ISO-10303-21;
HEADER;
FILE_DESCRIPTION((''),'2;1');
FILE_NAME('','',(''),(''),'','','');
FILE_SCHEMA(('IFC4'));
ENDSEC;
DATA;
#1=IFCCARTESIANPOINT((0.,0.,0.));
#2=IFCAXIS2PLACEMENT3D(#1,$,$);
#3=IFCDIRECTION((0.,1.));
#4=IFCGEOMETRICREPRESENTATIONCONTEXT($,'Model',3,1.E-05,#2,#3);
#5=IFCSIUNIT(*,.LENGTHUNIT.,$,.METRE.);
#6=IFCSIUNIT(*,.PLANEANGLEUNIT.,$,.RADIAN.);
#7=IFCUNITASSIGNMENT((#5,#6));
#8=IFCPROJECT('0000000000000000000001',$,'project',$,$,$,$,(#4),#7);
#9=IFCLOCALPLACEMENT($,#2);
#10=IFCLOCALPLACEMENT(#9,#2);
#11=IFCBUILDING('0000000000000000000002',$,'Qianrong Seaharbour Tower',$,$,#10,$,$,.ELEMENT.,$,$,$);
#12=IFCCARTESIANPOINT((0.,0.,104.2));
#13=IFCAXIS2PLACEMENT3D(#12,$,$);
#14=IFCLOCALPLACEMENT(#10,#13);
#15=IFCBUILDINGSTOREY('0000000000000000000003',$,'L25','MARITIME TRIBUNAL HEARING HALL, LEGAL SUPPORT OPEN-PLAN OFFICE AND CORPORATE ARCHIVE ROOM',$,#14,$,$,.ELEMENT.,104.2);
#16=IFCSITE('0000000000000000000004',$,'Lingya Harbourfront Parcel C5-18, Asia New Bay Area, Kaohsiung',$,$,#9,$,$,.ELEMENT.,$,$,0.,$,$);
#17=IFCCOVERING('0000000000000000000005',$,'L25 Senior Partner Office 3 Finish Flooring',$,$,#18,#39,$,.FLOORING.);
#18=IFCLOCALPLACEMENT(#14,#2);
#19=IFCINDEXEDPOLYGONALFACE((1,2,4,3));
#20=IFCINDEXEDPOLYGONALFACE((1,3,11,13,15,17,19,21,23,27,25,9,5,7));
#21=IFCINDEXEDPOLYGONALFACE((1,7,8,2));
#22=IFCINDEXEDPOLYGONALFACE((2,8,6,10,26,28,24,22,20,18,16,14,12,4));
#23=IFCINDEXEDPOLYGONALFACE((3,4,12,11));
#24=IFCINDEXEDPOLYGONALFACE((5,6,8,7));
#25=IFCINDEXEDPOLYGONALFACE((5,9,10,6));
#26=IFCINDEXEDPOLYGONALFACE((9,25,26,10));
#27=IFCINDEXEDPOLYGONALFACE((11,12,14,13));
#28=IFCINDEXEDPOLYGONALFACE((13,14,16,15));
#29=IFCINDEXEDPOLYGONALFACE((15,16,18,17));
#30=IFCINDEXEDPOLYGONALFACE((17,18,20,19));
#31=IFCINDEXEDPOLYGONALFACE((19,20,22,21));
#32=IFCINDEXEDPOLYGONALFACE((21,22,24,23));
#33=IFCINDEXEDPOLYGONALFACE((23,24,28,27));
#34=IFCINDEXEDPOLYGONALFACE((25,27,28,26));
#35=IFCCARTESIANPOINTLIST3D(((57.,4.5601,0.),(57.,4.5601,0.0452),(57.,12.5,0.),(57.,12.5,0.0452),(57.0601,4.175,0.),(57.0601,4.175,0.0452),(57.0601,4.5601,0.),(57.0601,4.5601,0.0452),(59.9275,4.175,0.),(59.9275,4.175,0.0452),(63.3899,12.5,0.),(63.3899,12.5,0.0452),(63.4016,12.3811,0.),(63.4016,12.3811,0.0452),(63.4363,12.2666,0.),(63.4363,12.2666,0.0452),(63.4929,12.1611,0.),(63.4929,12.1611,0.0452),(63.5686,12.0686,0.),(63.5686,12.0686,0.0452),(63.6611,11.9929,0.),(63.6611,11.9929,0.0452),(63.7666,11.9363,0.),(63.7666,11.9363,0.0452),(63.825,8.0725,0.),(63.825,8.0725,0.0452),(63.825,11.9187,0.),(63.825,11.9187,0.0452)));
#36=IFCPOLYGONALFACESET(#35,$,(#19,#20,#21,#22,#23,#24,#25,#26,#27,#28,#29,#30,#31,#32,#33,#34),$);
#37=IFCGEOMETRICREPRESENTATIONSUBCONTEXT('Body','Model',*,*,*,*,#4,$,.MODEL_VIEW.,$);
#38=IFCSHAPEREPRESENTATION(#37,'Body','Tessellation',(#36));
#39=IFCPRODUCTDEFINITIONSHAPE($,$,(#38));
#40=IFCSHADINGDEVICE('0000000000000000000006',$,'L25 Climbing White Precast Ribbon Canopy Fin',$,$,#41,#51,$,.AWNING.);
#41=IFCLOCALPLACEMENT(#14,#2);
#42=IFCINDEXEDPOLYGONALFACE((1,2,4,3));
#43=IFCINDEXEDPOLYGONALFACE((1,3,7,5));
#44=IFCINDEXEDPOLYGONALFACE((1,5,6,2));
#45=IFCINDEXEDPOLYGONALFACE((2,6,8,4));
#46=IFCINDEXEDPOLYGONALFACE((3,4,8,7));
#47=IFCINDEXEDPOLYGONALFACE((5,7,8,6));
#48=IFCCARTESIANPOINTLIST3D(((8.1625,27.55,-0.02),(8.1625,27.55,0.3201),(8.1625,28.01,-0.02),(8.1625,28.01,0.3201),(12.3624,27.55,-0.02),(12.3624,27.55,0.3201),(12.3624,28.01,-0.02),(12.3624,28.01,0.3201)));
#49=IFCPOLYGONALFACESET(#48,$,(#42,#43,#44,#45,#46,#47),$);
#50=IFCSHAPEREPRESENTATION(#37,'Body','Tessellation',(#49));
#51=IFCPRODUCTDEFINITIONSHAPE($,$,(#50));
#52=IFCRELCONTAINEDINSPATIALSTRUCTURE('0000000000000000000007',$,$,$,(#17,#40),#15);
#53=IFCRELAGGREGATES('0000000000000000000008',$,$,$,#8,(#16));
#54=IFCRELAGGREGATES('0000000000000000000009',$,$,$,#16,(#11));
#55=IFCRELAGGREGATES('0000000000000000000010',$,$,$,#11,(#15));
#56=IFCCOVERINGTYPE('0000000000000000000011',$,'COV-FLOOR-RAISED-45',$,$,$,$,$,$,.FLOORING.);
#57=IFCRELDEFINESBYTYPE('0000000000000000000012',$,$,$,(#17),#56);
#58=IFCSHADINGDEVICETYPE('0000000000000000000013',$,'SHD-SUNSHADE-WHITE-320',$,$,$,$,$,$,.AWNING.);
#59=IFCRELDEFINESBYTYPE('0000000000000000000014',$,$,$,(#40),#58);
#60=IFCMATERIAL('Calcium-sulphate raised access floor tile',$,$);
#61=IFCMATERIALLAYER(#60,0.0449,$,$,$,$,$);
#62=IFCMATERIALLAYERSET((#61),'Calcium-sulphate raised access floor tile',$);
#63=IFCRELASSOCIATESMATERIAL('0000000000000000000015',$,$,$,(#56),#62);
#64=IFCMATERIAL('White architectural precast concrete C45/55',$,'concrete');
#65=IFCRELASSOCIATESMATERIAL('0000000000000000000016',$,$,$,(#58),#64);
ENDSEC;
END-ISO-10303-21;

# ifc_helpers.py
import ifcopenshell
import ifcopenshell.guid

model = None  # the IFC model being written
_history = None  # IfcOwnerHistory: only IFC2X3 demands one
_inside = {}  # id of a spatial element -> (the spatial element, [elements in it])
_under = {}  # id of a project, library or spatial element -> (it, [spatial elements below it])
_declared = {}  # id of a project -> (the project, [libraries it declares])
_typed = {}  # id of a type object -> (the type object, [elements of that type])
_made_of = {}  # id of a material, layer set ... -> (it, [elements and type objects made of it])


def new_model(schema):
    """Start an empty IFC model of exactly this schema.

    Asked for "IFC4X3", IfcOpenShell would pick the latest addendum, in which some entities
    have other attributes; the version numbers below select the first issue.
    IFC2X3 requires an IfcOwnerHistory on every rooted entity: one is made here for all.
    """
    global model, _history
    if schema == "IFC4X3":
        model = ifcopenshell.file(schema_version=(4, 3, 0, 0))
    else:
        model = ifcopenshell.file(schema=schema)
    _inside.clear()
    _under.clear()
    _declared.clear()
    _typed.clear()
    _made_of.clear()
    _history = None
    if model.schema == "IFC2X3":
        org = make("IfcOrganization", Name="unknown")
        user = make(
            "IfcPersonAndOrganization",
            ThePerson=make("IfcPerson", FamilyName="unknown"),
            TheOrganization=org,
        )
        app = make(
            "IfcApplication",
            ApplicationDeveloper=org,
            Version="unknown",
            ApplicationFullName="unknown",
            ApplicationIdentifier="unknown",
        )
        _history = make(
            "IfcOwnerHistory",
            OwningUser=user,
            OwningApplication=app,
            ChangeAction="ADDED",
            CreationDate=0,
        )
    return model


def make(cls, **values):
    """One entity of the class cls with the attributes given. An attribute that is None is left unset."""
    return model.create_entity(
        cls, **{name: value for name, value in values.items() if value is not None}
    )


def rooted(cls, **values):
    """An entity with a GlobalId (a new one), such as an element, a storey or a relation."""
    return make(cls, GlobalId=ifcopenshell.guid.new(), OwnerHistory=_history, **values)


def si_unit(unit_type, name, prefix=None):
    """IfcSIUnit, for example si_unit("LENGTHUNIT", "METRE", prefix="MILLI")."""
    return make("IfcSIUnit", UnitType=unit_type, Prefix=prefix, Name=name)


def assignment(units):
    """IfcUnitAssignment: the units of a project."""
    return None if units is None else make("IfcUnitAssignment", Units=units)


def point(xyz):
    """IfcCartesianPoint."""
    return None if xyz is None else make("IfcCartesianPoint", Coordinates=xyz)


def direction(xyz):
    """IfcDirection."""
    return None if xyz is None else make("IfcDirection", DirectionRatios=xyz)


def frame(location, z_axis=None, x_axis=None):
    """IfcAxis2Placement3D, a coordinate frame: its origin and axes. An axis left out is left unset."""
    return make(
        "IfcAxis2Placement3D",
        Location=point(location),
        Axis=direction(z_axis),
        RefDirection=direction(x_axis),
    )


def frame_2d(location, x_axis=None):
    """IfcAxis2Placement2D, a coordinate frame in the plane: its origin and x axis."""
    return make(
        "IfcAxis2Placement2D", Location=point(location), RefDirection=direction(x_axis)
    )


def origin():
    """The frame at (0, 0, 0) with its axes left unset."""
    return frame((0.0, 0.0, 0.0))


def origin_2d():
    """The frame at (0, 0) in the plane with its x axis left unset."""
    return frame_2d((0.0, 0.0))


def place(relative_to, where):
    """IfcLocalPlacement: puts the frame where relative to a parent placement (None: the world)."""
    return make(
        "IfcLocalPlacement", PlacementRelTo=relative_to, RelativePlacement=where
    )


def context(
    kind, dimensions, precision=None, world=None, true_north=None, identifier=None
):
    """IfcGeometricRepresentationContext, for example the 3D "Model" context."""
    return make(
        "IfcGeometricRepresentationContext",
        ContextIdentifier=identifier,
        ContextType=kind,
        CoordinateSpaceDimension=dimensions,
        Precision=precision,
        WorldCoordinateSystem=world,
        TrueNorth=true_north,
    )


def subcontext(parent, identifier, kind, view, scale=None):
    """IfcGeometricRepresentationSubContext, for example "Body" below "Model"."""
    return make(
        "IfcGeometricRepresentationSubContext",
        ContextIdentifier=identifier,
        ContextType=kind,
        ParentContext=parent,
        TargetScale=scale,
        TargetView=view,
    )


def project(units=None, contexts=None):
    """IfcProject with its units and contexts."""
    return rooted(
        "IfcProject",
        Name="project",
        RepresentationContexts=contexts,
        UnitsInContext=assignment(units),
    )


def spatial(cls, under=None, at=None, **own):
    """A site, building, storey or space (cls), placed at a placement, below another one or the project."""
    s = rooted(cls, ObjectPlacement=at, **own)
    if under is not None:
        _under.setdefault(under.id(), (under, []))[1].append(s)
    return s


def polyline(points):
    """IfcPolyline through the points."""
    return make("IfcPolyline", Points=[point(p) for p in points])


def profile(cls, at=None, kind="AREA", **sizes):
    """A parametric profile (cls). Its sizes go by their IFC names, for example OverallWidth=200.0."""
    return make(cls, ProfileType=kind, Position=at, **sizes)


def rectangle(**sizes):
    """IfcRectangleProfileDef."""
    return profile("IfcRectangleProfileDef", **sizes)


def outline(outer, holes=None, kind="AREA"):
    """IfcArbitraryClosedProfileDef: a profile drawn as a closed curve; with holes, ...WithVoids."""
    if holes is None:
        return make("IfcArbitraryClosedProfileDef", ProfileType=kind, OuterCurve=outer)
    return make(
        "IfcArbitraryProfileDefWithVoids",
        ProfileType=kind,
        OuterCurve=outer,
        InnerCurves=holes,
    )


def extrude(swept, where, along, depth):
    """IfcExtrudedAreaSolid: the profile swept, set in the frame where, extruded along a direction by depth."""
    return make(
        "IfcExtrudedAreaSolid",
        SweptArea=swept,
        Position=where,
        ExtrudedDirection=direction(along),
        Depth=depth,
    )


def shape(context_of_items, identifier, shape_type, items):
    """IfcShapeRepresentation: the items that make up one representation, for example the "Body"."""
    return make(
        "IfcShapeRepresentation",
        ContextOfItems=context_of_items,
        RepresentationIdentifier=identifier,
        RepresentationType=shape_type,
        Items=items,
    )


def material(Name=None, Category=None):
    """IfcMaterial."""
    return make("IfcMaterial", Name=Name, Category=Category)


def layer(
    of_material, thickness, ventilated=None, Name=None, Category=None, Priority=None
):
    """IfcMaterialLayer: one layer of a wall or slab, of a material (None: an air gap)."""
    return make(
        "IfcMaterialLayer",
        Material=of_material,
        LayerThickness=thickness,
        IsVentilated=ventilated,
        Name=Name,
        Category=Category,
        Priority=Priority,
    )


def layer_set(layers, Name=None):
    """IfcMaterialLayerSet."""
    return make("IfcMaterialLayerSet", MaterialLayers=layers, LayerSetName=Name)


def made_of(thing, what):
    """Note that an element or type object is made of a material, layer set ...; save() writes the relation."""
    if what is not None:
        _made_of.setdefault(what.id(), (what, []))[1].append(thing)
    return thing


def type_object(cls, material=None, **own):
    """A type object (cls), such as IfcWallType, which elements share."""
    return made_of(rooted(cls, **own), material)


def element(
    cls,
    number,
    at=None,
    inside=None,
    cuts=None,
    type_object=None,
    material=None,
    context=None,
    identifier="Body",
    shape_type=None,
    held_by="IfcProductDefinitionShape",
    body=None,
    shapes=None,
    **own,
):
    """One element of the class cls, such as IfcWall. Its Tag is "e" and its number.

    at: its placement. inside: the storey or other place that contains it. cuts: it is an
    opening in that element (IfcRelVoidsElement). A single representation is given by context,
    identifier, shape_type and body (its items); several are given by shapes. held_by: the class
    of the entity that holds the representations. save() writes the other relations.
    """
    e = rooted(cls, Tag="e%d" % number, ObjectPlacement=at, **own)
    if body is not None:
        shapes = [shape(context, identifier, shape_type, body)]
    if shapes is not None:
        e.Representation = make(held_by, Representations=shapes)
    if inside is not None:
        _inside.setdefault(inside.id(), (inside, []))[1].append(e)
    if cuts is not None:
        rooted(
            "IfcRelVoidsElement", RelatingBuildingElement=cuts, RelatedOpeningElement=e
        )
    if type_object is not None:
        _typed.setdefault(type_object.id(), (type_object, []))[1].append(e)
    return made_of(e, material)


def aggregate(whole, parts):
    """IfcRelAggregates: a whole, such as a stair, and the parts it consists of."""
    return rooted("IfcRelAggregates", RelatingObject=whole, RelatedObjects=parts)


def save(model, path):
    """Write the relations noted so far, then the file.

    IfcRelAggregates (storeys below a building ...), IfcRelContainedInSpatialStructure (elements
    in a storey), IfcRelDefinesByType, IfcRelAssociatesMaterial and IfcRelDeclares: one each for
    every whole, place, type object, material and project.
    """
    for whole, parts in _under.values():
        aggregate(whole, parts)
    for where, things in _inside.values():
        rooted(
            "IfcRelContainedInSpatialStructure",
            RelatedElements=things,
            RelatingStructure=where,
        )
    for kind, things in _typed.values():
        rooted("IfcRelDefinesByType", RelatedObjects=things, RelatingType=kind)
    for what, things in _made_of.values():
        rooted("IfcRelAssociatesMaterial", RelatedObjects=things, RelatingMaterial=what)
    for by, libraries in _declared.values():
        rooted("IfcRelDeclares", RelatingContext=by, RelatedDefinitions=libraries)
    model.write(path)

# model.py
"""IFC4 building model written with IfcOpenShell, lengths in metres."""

from ifc_helpers import new_model, si_unit, direction, frame, origin, origin_2d, place, context, subcontext, project, spatial, polyline, rectangle, outline, extrude, material, layer, layer_set, type_object, element, save


model = new_model("IFC4")

# Units and contexts
model_context = context("Model", 3, precision=1e-05, world=origin(), true_north=direction((0.0, 1.0)))
body_context = subcontext(model_context, "Body", "Model", "MODEL_VIEW")
ifc_project = project(units=[si_unit("LENGTHUNIT", "METRE"), si_unit("PLANEANGLEUNIT", "RADIAN")], contexts=[model_context])

# Site, building, storey
site_placement = place(None, origin())
site = spatial("IfcSite", under=ifc_project, at=site_placement, Name="Lingya Harbourfront Parcel C5-18, Asia New Bay Area, Kaohsiung", CompositionType="ELEMENT", RefElevation=0.0)
building_placement = place(site_placement, origin())
building = spatial("IfcBuilding", under=site, at=building_placement, Name="Qianrong Seaharbour Tower", CompositionType="ELEMENT")
storey_placement = place(building_placement, frame((0.0, 0.0, 104.2)))
storey = spatial("IfcBuildingStorey", under=building, at=storey_placement, Name="L25", Description="MARITIME TRIBUNAL HEARING HALL, LEGAL SUPPORT OPEN-PLAN OFFICE AND CORPORATE ARCHIVE ROOM", CompositionType="ELEMENT", Elevation=104.2)

# Covering
ifc_material_1 = material(Name="Calcium-sulphate raised access floor tile")
ifc_layer_1 = layer(ifc_material_1, 0.0449)
ifc_layer_set_1 = layer_set([ifc_layer_1], Name="Calcium-sulphate raised access floor tile")
covering_type_1 = type_object("IfcCoveringType", Name="COV-FLOOR-RAISED-45", PredefinedType="FLOORING", material=ifc_layer_set_1)
covering_1_placement = place(storey_placement, origin())
element("IfcCovering", 1, at=covering_1_placement, inside=storey, type_object=covering_type_1, Name="L25 Senior Partner Office 3 Finish Flooring", PredefinedType="FLOORING", context=body_context, shape_type="SweptSolid", body=[
    extrude(outline(polyline([(63.825, 8.0725), (59.9275, 4.175), (57.0601, 4.175), (57.0601, 4.5601), (57.0, 4.5601), (57.0, 12.5), (63.3899, 12.5), (63.4016, 12.3811), (63.4363, 12.2666), (63.4929, 12.1611), (63.5686, 12.0686), (63.6611, 11.9929), (63.7666, 11.9363), (63.825, 11.9187), (63.825, 8.0725)])), origin(), (0.0, 0.0, 1.0), 0.0452),
])

# Shading device
ifc_material_2 = material(Name="White architectural precast concrete C45/55", Category="concrete")
shading_device_type = type_object("IfcShadingDeviceType", Name="SHD-SUNSHADE-WHITE-320", PredefinedType="AWNING", material=ifc_material_2)
shading_device_placement = place(storey_placement, frame((10.2625, 27.78, -0.02), z_axis=(0.0, 0.0, 1.0), x_axis=(1.0, 0.0, 0.0)))
element("IfcShadingDevice", 2, at=shading_device_placement, inside=storey, type_object=shading_device_type, Name="L25 Climbing White Precast Ribbon Canopy Fin", PredefinedType="AWNING", context=body_context, shape_type="SweptSolid", body=[
    extrude(rectangle(XDim=4.2, YDim=0.46, at=origin_2d()), origin(), (0.0, 0.0, 1.0), 0.3401),
])

save(model, "model.ifc")
